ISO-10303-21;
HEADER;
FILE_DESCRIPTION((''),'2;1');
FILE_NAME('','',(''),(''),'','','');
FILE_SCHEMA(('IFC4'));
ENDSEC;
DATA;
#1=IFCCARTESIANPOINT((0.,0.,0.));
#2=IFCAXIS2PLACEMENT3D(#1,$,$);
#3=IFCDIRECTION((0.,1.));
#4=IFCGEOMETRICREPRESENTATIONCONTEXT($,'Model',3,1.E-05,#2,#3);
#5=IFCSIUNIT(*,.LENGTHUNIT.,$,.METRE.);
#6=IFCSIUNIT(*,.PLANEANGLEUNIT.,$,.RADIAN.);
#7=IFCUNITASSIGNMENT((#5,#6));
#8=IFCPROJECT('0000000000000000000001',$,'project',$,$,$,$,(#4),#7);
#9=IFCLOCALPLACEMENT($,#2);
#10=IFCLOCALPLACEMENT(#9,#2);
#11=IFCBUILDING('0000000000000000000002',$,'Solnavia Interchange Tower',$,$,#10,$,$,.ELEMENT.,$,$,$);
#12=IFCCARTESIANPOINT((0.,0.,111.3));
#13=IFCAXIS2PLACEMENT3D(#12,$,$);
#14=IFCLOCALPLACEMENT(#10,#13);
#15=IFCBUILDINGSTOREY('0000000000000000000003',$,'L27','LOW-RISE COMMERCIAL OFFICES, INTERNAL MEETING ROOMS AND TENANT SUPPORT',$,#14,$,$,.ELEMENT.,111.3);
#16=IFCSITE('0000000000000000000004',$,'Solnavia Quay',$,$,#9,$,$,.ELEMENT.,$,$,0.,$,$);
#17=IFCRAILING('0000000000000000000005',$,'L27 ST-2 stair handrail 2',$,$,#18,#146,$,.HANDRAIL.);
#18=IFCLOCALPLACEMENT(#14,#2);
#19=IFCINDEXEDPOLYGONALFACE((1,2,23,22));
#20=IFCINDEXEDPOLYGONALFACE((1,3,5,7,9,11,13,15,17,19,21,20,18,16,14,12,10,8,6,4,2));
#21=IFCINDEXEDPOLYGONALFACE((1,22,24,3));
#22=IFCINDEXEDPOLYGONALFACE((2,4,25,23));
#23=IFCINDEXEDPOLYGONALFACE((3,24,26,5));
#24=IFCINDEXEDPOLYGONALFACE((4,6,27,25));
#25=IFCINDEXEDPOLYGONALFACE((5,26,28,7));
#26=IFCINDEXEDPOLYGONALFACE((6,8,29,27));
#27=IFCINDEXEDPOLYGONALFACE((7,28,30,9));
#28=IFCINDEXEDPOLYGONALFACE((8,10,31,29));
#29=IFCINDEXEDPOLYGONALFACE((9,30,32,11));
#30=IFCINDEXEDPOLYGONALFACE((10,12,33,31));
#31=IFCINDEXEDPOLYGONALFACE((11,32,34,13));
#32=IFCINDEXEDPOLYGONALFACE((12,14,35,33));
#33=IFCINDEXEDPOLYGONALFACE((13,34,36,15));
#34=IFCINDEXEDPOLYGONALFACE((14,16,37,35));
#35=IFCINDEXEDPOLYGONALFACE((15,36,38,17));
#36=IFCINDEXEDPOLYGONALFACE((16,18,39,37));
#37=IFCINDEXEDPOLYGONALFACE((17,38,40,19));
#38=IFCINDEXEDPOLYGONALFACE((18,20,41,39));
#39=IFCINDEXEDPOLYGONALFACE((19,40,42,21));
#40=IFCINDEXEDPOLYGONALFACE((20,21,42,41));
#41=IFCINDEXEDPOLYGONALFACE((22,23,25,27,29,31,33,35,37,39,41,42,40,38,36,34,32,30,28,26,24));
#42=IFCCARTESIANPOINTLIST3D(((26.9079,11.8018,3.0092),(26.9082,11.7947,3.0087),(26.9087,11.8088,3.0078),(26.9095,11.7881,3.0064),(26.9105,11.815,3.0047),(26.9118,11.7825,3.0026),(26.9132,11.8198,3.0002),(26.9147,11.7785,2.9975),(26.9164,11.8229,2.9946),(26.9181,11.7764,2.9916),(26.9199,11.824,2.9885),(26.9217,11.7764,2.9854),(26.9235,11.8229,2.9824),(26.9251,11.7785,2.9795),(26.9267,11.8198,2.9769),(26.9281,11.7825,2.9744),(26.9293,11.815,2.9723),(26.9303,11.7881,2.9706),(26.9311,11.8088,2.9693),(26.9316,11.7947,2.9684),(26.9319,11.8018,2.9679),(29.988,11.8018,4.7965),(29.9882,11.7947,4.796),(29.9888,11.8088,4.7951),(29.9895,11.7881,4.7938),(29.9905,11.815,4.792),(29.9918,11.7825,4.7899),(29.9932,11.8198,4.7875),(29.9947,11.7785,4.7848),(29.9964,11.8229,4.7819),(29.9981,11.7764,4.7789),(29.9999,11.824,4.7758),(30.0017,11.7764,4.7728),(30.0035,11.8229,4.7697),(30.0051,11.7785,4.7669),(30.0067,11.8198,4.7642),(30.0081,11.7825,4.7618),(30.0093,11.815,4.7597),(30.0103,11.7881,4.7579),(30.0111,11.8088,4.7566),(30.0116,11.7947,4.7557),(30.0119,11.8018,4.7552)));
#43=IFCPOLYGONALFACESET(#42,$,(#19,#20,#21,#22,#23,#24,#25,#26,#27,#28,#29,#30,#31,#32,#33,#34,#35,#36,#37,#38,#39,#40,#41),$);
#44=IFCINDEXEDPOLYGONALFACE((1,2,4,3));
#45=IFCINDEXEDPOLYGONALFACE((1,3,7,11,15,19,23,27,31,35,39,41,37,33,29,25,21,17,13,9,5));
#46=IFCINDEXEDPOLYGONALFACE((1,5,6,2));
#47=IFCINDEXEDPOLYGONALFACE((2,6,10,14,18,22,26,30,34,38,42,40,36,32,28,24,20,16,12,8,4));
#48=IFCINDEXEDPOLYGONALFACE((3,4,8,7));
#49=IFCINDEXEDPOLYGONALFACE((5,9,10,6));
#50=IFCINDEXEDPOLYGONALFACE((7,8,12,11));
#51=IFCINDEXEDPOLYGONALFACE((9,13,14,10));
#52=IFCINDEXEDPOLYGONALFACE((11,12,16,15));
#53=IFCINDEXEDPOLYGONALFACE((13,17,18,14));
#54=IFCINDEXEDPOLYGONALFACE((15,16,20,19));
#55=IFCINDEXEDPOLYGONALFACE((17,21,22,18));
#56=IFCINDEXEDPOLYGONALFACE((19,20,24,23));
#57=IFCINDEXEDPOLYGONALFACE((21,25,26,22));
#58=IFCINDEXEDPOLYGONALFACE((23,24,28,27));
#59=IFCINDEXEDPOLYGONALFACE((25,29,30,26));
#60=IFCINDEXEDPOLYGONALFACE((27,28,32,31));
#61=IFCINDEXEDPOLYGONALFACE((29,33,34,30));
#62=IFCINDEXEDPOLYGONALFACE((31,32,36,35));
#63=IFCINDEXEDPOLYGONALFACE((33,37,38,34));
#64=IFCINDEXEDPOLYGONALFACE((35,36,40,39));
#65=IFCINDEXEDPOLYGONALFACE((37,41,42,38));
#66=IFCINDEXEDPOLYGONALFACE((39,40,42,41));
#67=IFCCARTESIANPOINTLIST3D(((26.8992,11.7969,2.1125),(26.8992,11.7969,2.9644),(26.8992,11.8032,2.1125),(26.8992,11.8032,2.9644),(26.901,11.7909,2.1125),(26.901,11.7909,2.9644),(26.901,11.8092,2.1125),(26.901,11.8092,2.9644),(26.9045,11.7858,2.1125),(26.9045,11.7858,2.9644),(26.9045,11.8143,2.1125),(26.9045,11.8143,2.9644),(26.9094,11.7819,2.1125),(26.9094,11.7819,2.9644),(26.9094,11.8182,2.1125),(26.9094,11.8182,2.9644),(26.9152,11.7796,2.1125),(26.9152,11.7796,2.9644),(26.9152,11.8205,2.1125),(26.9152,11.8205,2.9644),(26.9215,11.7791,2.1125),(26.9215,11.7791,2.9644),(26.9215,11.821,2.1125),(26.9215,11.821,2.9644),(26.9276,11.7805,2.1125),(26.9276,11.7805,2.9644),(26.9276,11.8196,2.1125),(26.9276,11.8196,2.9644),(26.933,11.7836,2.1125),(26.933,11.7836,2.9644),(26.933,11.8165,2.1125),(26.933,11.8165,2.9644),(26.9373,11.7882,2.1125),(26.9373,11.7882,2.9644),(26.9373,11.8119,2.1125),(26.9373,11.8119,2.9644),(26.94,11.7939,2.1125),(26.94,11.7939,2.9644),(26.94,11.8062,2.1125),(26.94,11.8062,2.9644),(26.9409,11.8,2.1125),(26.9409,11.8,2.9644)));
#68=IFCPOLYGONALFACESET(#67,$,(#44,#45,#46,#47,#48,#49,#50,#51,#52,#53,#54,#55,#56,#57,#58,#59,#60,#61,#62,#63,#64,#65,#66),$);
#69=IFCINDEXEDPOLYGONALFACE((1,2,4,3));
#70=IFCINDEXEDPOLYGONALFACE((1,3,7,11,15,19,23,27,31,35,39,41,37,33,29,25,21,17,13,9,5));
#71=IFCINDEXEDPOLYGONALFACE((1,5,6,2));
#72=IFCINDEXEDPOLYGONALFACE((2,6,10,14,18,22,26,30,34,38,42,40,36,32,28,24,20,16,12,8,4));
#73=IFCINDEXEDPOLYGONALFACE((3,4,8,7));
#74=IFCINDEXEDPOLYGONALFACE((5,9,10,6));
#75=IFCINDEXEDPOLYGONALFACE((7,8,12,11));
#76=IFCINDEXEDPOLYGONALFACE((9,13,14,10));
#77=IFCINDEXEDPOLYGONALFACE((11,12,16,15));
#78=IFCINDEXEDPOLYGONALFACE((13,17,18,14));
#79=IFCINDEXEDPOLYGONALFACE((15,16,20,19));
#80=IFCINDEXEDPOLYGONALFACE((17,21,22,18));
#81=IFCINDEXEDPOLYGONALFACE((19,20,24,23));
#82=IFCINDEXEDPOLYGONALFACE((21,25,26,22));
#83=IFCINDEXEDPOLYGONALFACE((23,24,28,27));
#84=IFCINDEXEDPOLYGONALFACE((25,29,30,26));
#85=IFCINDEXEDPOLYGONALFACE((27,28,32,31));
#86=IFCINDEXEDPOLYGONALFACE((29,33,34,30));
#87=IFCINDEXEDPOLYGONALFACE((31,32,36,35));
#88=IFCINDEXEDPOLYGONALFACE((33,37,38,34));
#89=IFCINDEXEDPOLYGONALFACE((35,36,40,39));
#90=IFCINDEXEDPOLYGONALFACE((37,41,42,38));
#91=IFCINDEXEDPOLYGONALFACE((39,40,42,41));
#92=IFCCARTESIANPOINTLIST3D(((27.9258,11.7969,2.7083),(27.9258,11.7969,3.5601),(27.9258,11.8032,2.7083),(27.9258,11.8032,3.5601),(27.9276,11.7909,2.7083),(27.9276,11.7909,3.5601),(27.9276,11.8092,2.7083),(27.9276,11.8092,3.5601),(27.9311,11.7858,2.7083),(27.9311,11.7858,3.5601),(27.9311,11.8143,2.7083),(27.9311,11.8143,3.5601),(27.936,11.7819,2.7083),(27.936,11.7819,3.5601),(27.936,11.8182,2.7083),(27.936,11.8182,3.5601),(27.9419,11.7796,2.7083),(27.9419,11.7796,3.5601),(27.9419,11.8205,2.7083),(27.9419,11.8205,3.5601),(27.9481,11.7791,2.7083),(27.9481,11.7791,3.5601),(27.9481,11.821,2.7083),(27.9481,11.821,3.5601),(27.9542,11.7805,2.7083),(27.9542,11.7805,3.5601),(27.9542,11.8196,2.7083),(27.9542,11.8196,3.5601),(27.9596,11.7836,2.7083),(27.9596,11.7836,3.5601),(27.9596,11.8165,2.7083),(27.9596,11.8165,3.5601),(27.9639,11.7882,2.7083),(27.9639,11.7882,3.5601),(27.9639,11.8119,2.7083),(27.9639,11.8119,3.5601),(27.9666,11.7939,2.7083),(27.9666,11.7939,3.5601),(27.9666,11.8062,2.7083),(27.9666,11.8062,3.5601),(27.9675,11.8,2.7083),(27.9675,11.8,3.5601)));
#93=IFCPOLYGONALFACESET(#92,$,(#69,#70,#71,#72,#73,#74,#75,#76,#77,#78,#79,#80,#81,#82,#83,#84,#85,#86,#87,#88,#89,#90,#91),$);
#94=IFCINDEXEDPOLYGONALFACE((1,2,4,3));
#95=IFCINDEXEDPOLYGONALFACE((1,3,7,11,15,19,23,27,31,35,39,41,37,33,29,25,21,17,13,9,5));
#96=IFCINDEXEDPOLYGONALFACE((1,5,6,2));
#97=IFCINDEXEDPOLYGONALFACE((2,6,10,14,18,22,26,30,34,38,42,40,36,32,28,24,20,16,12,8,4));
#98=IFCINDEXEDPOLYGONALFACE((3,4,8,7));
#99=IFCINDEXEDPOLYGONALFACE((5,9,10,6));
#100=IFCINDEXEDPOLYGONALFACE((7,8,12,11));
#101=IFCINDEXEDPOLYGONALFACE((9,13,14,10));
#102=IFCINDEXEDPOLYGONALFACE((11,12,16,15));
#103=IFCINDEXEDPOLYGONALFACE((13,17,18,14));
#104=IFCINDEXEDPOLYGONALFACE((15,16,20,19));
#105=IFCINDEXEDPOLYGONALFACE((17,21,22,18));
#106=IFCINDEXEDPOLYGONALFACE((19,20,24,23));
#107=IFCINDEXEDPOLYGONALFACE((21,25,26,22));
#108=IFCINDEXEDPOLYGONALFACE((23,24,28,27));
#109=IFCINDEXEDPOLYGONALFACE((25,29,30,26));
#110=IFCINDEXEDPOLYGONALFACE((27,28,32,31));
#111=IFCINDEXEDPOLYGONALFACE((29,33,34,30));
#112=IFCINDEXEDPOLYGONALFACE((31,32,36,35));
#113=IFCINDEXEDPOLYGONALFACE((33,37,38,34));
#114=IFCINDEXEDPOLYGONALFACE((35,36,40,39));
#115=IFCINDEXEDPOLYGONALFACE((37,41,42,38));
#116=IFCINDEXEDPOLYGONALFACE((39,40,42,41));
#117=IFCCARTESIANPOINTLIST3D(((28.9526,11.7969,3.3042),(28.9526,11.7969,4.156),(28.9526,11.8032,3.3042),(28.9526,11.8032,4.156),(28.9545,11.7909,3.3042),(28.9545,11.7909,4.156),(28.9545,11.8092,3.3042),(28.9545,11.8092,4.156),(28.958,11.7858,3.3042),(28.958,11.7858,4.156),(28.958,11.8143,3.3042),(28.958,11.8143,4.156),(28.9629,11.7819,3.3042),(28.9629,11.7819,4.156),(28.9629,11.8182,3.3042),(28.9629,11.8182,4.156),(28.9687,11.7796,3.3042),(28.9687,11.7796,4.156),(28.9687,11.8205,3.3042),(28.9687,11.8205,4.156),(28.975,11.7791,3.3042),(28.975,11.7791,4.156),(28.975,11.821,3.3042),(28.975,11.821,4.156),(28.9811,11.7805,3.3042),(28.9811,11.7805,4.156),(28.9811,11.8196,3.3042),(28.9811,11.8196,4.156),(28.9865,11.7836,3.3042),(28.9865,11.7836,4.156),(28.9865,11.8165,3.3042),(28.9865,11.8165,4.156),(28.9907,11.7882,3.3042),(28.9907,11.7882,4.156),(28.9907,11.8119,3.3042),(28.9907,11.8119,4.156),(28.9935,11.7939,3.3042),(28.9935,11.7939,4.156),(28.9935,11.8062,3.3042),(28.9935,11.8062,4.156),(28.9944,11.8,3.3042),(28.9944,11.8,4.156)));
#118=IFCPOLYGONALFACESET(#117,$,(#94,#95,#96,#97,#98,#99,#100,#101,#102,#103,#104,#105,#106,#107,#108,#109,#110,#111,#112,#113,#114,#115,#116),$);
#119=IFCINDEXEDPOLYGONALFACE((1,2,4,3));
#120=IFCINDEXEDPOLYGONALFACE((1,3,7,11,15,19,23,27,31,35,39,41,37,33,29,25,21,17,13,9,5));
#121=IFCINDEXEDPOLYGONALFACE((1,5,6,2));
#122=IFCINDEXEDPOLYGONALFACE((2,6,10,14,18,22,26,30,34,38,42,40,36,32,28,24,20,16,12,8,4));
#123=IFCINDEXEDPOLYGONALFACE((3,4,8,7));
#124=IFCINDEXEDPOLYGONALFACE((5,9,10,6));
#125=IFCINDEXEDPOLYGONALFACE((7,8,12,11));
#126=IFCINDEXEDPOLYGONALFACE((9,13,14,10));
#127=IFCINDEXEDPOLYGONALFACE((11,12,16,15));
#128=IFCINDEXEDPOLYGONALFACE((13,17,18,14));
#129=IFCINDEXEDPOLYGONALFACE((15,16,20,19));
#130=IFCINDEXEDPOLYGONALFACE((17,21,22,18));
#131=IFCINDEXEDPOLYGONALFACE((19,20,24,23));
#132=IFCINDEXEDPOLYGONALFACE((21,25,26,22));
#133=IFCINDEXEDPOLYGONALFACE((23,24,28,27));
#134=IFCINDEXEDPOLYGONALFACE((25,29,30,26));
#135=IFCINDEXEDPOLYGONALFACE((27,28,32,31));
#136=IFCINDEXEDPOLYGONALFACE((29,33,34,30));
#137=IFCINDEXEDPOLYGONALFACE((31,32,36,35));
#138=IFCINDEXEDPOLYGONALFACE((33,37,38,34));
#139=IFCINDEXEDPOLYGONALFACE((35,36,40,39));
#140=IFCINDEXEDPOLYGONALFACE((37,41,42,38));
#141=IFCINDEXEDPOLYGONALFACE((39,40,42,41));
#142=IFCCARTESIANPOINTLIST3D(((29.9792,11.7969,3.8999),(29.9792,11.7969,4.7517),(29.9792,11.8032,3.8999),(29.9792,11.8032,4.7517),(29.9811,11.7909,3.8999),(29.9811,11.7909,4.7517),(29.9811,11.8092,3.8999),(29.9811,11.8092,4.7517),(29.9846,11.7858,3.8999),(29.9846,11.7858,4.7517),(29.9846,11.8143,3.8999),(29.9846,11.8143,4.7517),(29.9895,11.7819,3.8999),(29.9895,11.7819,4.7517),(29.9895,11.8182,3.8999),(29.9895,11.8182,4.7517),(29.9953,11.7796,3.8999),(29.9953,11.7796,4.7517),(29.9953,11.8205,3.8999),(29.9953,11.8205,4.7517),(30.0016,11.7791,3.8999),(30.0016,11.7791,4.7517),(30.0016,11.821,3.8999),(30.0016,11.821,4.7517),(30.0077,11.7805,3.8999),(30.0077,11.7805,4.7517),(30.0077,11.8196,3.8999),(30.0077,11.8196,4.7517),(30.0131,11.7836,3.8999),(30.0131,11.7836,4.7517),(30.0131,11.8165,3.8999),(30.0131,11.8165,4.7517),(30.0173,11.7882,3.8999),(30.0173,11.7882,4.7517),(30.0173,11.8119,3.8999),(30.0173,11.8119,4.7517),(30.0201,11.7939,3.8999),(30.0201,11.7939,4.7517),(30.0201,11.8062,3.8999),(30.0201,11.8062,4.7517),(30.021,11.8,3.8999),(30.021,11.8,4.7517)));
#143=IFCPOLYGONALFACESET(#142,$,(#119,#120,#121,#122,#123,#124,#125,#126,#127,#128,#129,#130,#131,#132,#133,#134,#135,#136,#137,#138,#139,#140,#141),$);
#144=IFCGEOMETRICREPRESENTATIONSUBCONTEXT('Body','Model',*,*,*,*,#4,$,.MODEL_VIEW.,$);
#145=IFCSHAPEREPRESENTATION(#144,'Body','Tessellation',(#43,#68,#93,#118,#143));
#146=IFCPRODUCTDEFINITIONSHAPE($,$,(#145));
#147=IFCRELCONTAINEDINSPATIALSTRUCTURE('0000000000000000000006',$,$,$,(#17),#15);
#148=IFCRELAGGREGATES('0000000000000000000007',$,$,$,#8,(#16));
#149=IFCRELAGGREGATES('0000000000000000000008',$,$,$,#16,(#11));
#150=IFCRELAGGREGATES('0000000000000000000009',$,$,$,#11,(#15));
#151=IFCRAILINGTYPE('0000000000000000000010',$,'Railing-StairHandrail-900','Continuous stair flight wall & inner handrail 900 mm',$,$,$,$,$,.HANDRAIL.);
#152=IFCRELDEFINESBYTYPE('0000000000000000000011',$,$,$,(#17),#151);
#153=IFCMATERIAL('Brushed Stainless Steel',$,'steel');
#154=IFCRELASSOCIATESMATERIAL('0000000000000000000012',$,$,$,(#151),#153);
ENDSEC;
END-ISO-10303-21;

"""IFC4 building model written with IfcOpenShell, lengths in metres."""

from ifc_helpers import new_model, si_unit, direction, frame, origin, origin_2d, place, context, subcontext, project, spatial, circle, extrude, material, type_object, element, save


model = new_model("IFC4")

# Units and contexts
model_context = context("Model", 3, precision=1e-05, world=origin(), true_north=direction((0.0, 1.0)))
body_context = subcontext(model_context, "Body", "Model", "MODEL_VIEW")
ifc_project = project(units=[si_unit("LENGTHUNIT", "METRE"), si_unit("PLANEANGLEUNIT", "RADIAN")], contexts=[model_context])

# Site, building, storey
site_placement = place(None, origin())
site = spatial("IfcSite", under=ifc_project, at=site_placement, Name="Solnavia Quay", CompositionType="ELEMENT", RefElevation=0.0)
building_placement = place(site_placement, origin())
building = spatial("IfcBuilding", under=site, at=building_placement, Name="Solnavia Interchange Tower", CompositionType="ELEMENT")
storey_placement = place(building_placement, frame((0.0, 0.0, 111.3)))
storey = spatial("IfcBuildingStorey", under=building, at=storey_placement, Name="L27", Description="LOW-RISE COMMERCIAL OFFICES, INTERNAL MEETING ROOMS AND TENANT SUPPORT", CompositionType="ELEMENT", Elevation=111.3)

# Railing
ifc_material_1 = material(Name="Brushed Stainless Steel", Category="steel")
railing_type_1 = type_object("IfcRailingType", Name="Railing-StairHandrail-900", Description="Continuous stair flight wall & inner handrail 900 mm", PredefinedType="HANDRAIL", material=ifc_material_1)
railing_1_placement = place(storey_placement, frame((26.9199, 11.8, 2.1125)))
element("IfcRailing", 1, at=railing_1_placement, inside=storey, type_object=railing_type_1, Name="L27 ST-2 stair handrail 2", PredefinedType="HANDRAIL", context=body_context, shape_type="SweptSolid", body=[
    extrude(circle(Radius=0.0239, at=origin_2d()), frame((0.0, 0.0, 0.876), z_axis=(0.86492, 0.0, 0.501909), x_axis=(0.0, 1.0, 0.0)), (0.0, 0.0, 1.0), 3.561),
    extrude(circle(Radius=0.021, at=origin_2d()), origin(), (0.0, 0.0, 1.0), 0.8518),
    extrude(circle(Radius=0.021, at=origin_2d()), frame((1.0266, 0.0, 0.5957)), (0.0, 0.0, 1.0), 0.8518),
    extrude(circle(Radius=0.021, at=origin_2d()), frame((2.0535, 0.0, 1.1917)), (0.0, 0.0, 1.0), 0.8518),
    extrude(circle(Radius=0.021, at=origin_2d()), frame((3.0801, 0.0, 1.7874)), (0.0, 0.0, 1.0), 0.8518),
])

save(model, "model.ifc")
